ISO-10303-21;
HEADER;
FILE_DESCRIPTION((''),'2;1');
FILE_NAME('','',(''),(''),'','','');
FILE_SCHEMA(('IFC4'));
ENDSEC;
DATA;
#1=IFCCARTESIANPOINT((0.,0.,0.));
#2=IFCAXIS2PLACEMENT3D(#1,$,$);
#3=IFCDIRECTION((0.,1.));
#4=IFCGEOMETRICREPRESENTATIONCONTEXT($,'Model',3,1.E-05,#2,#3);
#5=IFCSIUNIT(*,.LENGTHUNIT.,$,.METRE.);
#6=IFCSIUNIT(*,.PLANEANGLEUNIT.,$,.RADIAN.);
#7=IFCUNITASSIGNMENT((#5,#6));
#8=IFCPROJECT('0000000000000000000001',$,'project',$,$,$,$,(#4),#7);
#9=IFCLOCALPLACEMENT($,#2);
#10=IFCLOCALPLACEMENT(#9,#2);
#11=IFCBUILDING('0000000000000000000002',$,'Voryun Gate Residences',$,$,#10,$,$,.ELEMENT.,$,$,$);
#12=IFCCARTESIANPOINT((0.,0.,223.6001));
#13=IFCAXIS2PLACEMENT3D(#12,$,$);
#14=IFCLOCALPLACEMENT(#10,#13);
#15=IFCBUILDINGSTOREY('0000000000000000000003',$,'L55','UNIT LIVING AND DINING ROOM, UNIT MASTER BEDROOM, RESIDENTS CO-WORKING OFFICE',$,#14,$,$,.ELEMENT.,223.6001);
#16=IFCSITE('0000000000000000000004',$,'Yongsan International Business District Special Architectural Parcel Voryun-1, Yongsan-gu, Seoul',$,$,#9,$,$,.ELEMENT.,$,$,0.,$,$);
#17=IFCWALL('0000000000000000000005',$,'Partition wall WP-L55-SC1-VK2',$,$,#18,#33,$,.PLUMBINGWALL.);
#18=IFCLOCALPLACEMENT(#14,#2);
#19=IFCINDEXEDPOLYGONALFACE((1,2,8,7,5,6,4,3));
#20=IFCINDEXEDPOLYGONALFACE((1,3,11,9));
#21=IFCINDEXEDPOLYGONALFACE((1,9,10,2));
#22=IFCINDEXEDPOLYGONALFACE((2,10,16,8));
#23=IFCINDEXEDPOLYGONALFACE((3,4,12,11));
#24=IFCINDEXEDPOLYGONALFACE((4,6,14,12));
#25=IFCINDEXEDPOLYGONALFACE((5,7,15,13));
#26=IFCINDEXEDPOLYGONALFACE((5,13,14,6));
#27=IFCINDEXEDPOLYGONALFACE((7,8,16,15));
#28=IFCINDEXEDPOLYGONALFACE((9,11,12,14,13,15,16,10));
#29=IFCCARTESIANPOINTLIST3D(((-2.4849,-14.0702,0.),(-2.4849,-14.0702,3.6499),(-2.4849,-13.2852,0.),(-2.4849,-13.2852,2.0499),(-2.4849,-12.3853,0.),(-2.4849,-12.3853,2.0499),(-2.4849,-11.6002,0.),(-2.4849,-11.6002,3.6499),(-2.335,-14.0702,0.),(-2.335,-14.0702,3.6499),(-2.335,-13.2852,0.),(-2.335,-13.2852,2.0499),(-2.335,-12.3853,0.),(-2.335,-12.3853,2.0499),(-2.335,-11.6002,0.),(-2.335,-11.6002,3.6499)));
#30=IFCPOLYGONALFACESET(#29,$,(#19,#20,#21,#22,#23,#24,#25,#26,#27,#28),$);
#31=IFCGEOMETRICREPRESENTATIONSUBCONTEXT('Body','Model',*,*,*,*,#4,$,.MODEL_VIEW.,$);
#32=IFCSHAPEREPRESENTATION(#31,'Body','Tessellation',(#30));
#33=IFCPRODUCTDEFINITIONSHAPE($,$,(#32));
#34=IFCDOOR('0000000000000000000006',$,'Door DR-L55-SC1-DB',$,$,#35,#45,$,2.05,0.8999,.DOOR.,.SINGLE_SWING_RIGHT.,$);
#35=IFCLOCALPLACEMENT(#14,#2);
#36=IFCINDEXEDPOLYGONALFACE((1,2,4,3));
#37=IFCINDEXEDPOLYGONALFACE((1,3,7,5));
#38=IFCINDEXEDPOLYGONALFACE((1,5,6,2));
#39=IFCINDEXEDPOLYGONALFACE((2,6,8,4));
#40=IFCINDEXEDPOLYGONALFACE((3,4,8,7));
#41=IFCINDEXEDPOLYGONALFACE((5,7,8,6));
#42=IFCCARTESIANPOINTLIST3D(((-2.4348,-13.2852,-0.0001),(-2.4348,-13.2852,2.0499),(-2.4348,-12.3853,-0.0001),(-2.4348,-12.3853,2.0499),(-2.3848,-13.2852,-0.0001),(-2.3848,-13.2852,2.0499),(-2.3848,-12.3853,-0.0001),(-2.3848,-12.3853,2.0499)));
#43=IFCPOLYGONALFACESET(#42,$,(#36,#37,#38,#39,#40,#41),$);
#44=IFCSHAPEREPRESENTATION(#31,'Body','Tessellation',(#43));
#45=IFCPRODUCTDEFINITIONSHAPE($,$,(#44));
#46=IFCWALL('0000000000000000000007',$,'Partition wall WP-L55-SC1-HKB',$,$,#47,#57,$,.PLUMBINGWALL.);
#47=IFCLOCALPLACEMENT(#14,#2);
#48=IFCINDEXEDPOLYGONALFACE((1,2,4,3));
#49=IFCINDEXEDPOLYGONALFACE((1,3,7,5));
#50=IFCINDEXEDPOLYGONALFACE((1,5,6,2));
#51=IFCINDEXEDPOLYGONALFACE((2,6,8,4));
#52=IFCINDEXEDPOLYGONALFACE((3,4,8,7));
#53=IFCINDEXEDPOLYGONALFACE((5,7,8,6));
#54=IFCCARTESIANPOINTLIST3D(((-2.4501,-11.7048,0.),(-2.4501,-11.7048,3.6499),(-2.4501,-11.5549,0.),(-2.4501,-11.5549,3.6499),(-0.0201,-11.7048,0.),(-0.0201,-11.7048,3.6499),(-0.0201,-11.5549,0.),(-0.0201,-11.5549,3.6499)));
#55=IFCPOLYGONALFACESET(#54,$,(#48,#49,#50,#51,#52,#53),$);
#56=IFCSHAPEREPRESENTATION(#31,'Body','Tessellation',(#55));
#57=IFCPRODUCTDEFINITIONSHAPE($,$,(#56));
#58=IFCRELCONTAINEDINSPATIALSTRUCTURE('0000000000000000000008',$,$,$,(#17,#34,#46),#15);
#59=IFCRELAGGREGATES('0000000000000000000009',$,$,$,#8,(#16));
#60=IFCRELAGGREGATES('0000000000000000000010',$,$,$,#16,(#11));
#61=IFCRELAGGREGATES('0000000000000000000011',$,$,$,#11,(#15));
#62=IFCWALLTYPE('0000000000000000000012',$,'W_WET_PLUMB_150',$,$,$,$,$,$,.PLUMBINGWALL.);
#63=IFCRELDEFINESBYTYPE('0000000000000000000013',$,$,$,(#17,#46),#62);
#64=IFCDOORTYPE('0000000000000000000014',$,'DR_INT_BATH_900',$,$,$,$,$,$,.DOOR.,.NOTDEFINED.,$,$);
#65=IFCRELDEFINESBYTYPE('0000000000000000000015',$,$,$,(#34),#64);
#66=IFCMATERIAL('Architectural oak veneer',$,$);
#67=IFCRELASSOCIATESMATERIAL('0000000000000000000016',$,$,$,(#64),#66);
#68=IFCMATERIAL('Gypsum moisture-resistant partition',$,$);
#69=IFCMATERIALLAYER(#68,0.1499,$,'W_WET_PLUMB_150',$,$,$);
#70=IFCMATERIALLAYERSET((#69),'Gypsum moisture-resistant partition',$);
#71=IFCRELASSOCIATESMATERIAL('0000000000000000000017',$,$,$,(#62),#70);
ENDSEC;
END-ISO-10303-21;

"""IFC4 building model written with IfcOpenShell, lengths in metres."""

from ifc_helpers import new_model, si_unit, direction, frame, frame_2d, origin, place, context, subcontext, project, spatial, rectangle, extrude, material, layer, layer_set, type_object, element, fill, save


model = new_model("IFC4")

# Units and contexts
model_context = context("Model", 3, precision=1e-05, world=origin(), true_north=direction((0.0, 1.0)))
body_context = subcontext(model_context, "Body", "Model", "MODEL_VIEW")
ifc_project = project(units=[si_unit("LENGTHUNIT", "METRE"), si_unit("PLANEANGLEUNIT", "RADIAN")], contexts=[model_context])

# Site, building, storey
site_placement = place(None, origin())
site = spatial("IfcSite", under=ifc_project, at=site_placement, Name="Yongsan International Business District Special Architectural Parcel Voryun-1, Yongsan-gu, Seoul", CompositionType="ELEMENT", RefElevation=0.0)
building_placement = place(site_placement, origin())
building = spatial("IfcBuilding", under=site, at=building_placement, Name="Voryun Gate Residences", CompositionType="ELEMENT")
storey_placement = place(building_placement, frame((0.0, 0.0, 223.6001)))
storey = spatial("IfcBuildingStorey", under=building, at=storey_placement, Name="L55", Description="UNIT LIVING AND DINING ROOM, UNIT MASTER BEDROOM, RESIDENTS CO-WORKING OFFICE", CompositionType="ELEMENT", Elevation=223.6001)

# Shared definitions
ifc_material_1 = material(Name="Architectural oak veneer")
door_type_1 = type_object("IfcDoorType", Name="DR_INT_BATH_900", OperationType="NOTDEFINED", PredefinedType="DOOR", material=ifc_material_1)

# Shared definitions
ifc_material_2 = material(Name="Gypsum moisture-resistant partition")
ifc_layer_1 = layer(ifc_material_2, 0.1499, Name="W_WET_PLUMB_150")
ifc_layer_set_1 = layer_set([ifc_layer_1], Name="Gypsum moisture-resistant partition")
wall_type_1 = type_object("IfcWallType", Name="W_WET_PLUMB_150", PredefinedType="PLUMBINGWALL", material=ifc_layer_set_1)

# Wall, opening, door
wall_1_placement = place(storey_placement, frame((-2.4099, -14.0701, 0.0), z_axis=(0.0, 0.0, 1.0), x_axis=(0.0, 1.0, 0.0)))
wall_1 = element("IfcWall", 1, at=wall_1_placement, inside=storey, type_object=wall_type_1, Name="Partition wall WP-L55-SC1-VK2", PredefinedType="PLUMBINGWALL", context=body_context, shape_type="SweptSolid", body=[
    extrude(rectangle(XDim=2.47, YDim=0.1499, at=frame_2d((1.2349, 0.0))), origin(), (0.0, 0.0, 1.0), 3.6499),
])
opening_1_placement = place(wall_1_placement, frame((0.7849, 0.0, 0.0)))
opening_1 = element("IfcOpeningElement", 2, at=opening_1_placement, cuts=wall_1, PredefinedType="OPENING", context=body_context, shape_type="SweptSolid", body=[
    extrude(rectangle(XDim=0.8999, YDim=2.05, at=frame_2d((0.45, 1.0249))), frame((0.0, 0.085, 0.0), z_axis=(0.0, -1.0, 0.0), x_axis=(1.0, 0.0, 0.0)), (0.0, 0.0, 1.0), 0.1699),
])
door_1_placement = place(opening_1_placement, origin())
door_1 = element("IfcDoor", 3, at=door_1_placement, inside=storey, type_object=door_type_1, Name="Door DR-L55-SC1-DB", OperationType="SINGLE_SWING_RIGHT", OverallHeight=2.05, OverallWidth=0.8999, PredefinedType="DOOR", context=body_context, shape_type="SweptSolid", body=[
    extrude(rectangle(XDim=0.8999, YDim=2.05, at=frame_2d((0.45, 1.0249))), frame((0.0, 0.0249, 0.0), z_axis=(0.0, -1.0, 0.0), x_axis=(1.0, 0.0, 0.0)), (0.0, 0.0, 1.0), 0.05),
])
fill(opening_1, door_1)

# Wall
wall_2_placement = place(storey_placement, frame((-2.45, -11.6299, 0.0), z_axis=(0.0, 0.0, 1.0), x_axis=(1.0, 0.0, 0.0)))
element("IfcWall", 4, at=wall_2_placement, inside=storey, type_object=wall_type_1, Name="Partition wall WP-L55-SC1-HKB", PredefinedType="PLUMBINGWALL", context=body_context, shape_type="SweptSolid", body=[
    extrude(rectangle(XDim=2.4299, YDim=0.1499, at=frame_2d((1.2148, 0.0))), origin(), (0.0, 0.0, 1.0), 3.6499),
])

save(model, "model.ifc")
